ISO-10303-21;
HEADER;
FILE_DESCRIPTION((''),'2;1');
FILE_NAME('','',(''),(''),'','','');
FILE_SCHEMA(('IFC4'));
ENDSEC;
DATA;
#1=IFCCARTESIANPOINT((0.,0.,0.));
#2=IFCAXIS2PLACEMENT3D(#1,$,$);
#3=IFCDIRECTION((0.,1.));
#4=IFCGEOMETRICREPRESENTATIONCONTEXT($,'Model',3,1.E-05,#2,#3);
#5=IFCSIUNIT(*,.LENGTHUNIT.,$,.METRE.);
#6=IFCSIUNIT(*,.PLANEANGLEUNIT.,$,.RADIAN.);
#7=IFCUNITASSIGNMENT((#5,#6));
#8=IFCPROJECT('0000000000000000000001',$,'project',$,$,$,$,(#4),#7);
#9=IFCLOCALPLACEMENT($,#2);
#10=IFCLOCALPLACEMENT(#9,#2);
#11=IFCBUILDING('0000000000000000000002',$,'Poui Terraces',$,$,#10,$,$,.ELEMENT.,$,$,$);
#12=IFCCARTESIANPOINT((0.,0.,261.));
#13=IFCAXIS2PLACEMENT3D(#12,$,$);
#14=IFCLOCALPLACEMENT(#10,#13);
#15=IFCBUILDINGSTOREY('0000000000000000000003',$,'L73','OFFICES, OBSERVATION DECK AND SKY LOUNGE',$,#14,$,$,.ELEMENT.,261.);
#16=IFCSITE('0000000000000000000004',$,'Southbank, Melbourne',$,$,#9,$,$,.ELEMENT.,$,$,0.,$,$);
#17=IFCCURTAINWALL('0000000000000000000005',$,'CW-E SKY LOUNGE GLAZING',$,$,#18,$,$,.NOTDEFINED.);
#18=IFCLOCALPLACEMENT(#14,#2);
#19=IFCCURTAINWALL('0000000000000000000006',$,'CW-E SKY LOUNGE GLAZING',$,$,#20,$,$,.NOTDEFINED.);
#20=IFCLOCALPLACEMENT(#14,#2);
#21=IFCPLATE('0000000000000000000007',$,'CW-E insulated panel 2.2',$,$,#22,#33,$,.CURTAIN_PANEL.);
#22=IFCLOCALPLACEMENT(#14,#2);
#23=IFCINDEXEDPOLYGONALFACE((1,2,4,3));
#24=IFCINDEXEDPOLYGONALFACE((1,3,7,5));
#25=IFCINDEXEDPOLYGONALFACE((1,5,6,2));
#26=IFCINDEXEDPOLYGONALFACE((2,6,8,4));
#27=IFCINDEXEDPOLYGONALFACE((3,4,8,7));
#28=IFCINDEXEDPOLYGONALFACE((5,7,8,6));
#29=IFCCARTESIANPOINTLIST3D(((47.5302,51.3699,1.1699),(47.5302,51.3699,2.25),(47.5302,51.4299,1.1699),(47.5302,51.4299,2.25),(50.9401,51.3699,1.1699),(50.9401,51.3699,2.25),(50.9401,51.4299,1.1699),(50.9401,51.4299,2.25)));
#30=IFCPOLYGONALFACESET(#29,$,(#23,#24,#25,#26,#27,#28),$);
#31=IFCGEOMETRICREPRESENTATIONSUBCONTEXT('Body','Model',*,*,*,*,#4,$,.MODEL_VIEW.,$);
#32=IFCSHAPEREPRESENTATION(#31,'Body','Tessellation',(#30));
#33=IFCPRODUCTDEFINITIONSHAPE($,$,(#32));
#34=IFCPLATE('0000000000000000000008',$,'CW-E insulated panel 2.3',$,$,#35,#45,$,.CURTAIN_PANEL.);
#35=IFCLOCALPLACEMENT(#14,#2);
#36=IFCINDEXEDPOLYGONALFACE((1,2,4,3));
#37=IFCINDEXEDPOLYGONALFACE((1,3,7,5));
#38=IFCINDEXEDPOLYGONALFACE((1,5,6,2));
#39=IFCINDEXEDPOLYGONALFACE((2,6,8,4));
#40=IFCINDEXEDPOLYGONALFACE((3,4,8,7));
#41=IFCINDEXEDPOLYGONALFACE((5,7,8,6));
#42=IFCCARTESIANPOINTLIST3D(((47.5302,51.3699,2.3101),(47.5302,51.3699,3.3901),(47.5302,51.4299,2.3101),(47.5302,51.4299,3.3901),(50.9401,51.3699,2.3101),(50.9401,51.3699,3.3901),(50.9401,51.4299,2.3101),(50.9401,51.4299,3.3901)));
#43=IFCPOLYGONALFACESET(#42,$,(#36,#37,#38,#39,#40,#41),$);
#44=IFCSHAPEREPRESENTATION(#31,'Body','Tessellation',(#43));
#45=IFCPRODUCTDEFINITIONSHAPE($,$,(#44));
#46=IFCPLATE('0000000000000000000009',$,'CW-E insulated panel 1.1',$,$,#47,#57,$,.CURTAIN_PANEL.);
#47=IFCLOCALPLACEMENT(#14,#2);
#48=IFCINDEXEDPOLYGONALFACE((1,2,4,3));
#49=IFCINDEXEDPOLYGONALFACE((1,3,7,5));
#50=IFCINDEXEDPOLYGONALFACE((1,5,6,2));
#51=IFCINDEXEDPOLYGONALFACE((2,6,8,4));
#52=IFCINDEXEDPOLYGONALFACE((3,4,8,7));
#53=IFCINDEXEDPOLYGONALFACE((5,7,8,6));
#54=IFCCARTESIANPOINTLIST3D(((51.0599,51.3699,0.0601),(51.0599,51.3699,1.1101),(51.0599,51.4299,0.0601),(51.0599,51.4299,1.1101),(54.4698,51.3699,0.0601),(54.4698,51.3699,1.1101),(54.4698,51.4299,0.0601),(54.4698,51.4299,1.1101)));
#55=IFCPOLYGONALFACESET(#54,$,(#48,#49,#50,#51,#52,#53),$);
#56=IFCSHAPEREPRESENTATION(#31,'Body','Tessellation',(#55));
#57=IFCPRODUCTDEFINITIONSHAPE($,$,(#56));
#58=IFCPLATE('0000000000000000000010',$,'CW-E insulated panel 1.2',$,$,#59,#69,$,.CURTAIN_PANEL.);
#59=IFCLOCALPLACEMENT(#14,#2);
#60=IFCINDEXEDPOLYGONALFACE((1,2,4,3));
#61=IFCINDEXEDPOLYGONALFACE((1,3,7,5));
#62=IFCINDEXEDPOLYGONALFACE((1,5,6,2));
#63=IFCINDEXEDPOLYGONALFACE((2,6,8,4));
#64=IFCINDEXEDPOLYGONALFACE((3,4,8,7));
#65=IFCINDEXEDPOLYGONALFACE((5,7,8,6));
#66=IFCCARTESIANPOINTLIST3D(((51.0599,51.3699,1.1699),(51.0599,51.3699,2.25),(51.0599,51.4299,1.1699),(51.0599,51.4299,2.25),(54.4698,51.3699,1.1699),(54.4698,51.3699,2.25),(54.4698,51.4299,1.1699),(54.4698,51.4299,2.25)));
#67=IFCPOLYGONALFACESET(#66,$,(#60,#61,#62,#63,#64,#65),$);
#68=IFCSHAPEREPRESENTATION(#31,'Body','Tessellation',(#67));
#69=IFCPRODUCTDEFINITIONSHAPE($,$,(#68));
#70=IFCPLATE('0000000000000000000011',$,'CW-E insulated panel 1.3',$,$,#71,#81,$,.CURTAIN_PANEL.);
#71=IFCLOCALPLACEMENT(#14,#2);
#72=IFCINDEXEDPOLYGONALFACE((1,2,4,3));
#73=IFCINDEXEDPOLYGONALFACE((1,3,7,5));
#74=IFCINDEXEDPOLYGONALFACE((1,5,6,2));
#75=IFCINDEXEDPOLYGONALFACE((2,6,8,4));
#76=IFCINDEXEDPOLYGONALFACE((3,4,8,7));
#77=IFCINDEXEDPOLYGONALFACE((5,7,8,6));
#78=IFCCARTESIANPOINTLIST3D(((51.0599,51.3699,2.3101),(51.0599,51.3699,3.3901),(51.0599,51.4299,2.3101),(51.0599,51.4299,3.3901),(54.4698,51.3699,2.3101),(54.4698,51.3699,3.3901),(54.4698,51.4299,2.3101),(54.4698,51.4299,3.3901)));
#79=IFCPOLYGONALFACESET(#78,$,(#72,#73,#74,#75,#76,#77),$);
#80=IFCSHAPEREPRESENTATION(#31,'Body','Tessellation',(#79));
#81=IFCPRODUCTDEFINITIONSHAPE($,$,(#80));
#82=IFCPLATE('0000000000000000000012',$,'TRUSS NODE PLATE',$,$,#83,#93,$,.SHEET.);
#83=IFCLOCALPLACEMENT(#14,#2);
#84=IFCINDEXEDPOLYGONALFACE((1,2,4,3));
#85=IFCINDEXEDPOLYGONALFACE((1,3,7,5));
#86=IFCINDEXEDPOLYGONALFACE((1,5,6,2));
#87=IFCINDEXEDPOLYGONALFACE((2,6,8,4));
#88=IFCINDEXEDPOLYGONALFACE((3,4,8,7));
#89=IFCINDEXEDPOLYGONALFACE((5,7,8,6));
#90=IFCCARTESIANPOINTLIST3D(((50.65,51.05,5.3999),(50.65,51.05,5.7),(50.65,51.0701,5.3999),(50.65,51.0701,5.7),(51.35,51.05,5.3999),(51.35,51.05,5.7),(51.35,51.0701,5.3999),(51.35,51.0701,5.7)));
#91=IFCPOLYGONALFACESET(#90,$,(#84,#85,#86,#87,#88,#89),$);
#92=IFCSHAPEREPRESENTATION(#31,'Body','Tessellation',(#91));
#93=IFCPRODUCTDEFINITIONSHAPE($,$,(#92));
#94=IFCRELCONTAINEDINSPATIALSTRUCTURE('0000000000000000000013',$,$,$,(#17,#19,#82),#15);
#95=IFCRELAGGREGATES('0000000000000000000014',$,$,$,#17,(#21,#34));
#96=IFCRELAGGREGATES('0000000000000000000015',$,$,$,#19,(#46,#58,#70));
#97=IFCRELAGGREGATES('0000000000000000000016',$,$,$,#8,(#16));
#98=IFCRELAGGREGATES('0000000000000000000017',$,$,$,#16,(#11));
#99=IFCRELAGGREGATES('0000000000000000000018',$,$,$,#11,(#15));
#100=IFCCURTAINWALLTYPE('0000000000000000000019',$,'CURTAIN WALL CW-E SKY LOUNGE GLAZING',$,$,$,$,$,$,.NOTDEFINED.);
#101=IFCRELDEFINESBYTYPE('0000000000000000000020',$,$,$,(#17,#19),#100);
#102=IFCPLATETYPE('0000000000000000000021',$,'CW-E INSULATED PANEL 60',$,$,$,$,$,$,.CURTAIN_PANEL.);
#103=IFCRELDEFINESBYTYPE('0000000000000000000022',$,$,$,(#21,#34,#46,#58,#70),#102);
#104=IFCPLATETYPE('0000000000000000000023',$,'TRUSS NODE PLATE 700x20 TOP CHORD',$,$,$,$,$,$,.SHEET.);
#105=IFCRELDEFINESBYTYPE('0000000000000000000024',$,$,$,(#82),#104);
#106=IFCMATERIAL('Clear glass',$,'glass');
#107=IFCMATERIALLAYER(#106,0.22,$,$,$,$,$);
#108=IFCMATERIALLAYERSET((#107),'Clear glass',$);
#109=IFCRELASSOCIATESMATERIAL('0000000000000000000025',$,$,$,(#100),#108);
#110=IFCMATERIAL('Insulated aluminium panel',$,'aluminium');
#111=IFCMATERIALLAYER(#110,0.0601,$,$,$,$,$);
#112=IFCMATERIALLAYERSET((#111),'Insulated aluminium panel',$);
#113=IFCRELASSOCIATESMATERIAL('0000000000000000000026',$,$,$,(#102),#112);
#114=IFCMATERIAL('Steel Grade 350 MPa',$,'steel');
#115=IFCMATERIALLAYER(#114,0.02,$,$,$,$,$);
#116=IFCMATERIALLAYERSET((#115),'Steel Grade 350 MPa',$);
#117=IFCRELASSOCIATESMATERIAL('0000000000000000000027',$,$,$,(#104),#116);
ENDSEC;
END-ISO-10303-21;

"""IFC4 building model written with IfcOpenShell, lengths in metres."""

from ifc_helpers import new_model, si_unit, direction, frame, origin, origin_2d, place, context, subcontext, project, spatial, rectangle, extrude, source, transform, mapped, material, layer, layer_set, type_object, element, aggregate, save


model = new_model("IFC4")

# Units and contexts
model_context = context("Model", 3, precision=1e-05, world=origin(), true_north=direction((0.0, 1.0)))
body_context = subcontext(model_context, "Body", "Model", "MODEL_VIEW")
ifc_project = project(units=[si_unit("LENGTHUNIT", "METRE"), si_unit("PLANEANGLEUNIT", "RADIAN")], contexts=[model_context])

# Site, building, storey
site_placement = place(None, origin())
site = spatial("IfcSite", under=ifc_project, at=site_placement, Name="Southbank, Melbourne", CompositionType="ELEMENT", RefElevation=0.0)
building_placement = place(site_placement, origin())
building = spatial("IfcBuilding", under=site, at=building_placement, Name="Poui Terraces", CompositionType="ELEMENT")
storey_placement = place(building_placement, frame((0.0, 0.0, 261.0)))
storey = spatial("IfcBuildingStorey", under=building, at=storey_placement, Name="L73", Description="OFFICES, OBSERVATION DECK AND SKY LOUNGE", CompositionType="ELEMENT", Elevation=261.0)

# Curtain wall
ifc_material_1 = material(Name="Clear glass", Category="glass")
ifc_layer_1 = layer(ifc_material_1, 0.22)
ifc_layer_set_1 = layer_set([ifc_layer_1], Name="Clear glass")
curtain_wall_type = type_object("IfcCurtainWallType", Name="CURTAIN WALL CW-E SKY LOUNGE GLAZING", PredefinedType="NOTDEFINED", material=ifc_layer_set_1)
curtain_wall_1_placement = place(storey_placement, origin())
curtain_wall_1 = element("IfcCurtainWall", 1, at=curtain_wall_1_placement, inside=storey, type_object=curtain_wall_type, Name="CW-E SKY LOUNGE GLAZING", PredefinedType="NOTDEFINED")

# Curtain wall
curtain_wall_2_placement = place(storey_placement, origin())
curtain_wall_2 = element("IfcCurtainWall", 2, at=curtain_wall_2_placement, inside=storey, type_object=curtain_wall_type, Name="CW-E SKY LOUNGE GLAZING", PredefinedType="NOTDEFINED")

# Shared definitions
ifc_material_2 = material(Name="Steel Grade 350 MPa", Category="steel")

# Plates
ifc_material_3 = material(Name="Insulated aluminium panel", Category="aluminium")
ifc_layer_2 = layer(ifc_material_3, 0.0601)
ifc_layer_set_2 = layer_set([ifc_layer_2], Name="Insulated aluminium panel")
plate_type_1 = type_object("IfcPlateType", Name="CW-E INSULATED PANEL 60", PredefinedType="CURTAIN_PANEL", material=ifc_layer_set_2)
plate_1_placement = place(storey_placement, frame((49.2351, 51.3999, 1.1699), z_axis=(0.0, 0.0, 1.0), x_axis=(1.0, 0.0, 0.0)))
plate_1 = element("IfcPlate", 3, at=plate_1_placement, type_object=plate_type_1, Name="CW-E insulated panel 2.2", PredefinedType="CURTAIN_PANEL", context=body_context, shape_type="SweptSolid", body=[
    extrude(rectangle(XDim=3.4099, YDim=0.0601, at=origin_2d()), origin(), (0.0, 0.0, 1.0), 1.0801),
])
plate_2_placement = place(storey_placement, frame((49.2351, 51.3999, 2.3101), z_axis=(0.0, 0.0, 1.0), x_axis=(1.0, 0.0, 0.0)))
plate_2 = element("IfcPlate", 4, at=plate_2_placement, type_object=plate_type_1, Name="CW-E insulated panel 2.3", PredefinedType="CURTAIN_PANEL", context=body_context, shape_type="SweptSolid", body=[
    extrude(rectangle(XDim=3.4099, YDim=0.0601, at=origin_2d()), origin(), (0.0, 0.0, 1.0), 1.0801),
])
aggregate(curtain_wall_1, [plate_1, plate_2])
plate_3_placement = place(storey_placement, frame((52.7649, 51.3999, 0.0601), z_axis=(0.0, 0.0, 1.0), x_axis=(1.0, 0.0, 0.0)))
plate_3 = element("IfcPlate", 5, at=plate_3_placement, type_object=plate_type_1, Name="CW-E insulated panel 1.1", PredefinedType="CURTAIN_PANEL", context=body_context, shape_type="SweptSolid", body=[
    extrude(rectangle(XDim=3.4099, YDim=0.0601, at=origin_2d()), origin(), (0.0, 0.0, 1.0), 1.05),
])
plate_4_placement = place(storey_placement, frame((52.7649, 51.3999, 1.1699), z_axis=(0.0, 0.0, 1.0), x_axis=(1.0, 0.0, 0.0)))
plate_4 = element("IfcPlate", 6, at=plate_4_placement, type_object=plate_type_1, Name="CW-E insulated panel 1.2", PredefinedType="CURTAIN_PANEL", context=body_context, shape_type="SweptSolid", body=[
    extrude(rectangle(XDim=3.4099, YDim=0.0601, at=origin_2d()), origin(), (0.0, 0.0, 1.0), 1.0801),
])
plate_5_placement = place(storey_placement, frame((52.7649, 51.3999, 2.3101), z_axis=(0.0, 0.0, 1.0), x_axis=(1.0, 0.0, 0.0)))
plate_5 = element("IfcPlate", 7, at=plate_5_placement, type_object=plate_type_1, Name="CW-E insulated panel 1.3", PredefinedType="CURTAIN_PANEL", context=body_context, shape_type="SweptSolid", body=[
    extrude(rectangle(XDim=3.4099, YDim=0.0601, at=origin_2d()), origin(), (0.0, 0.0, 1.0), 1.0801),
])
aggregate(curtain_wall_2, [plate_3, plate_4, plate_5])
ifc_layer_3 = layer(ifc_material_2, 0.02)
ifc_layer_set_3 = layer_set([ifc_layer_3], Name="Steel Grade 350 MPa")
plate_type_2 = type_object("IfcPlateType", Name="TRUSS NODE PLATE 700x20 TOP CHORD", PredefinedType="SHEET", material=ifc_layer_set_3)
shared_shape = source(origin(), body_context, "Body", "SweptSolid", [
    extrude(rectangle(XDim=0.7, YDim=0.02, at=origin_2d()), origin(), (0.0, 0.0, 1.0), 0.3),
])
plate_6_placement = place(storey_placement, frame((51.0, 51.0601, 5.3999), z_axis=(0.0, 0.0, 1.0), x_axis=(1.0, 0.0, 0.0)))
element("IfcPlate", 8, at=plate_6_placement, inside=storey, type_object=plate_type_2, Name="TRUSS NODE PLATE", PredefinedType="SHEET", context=body_context, shape_type="MappedRepresentation", body=[
    mapped(shared_shape, transform((0.0, 0.0, 0.0))),
])

save(model, "model.ifc")
